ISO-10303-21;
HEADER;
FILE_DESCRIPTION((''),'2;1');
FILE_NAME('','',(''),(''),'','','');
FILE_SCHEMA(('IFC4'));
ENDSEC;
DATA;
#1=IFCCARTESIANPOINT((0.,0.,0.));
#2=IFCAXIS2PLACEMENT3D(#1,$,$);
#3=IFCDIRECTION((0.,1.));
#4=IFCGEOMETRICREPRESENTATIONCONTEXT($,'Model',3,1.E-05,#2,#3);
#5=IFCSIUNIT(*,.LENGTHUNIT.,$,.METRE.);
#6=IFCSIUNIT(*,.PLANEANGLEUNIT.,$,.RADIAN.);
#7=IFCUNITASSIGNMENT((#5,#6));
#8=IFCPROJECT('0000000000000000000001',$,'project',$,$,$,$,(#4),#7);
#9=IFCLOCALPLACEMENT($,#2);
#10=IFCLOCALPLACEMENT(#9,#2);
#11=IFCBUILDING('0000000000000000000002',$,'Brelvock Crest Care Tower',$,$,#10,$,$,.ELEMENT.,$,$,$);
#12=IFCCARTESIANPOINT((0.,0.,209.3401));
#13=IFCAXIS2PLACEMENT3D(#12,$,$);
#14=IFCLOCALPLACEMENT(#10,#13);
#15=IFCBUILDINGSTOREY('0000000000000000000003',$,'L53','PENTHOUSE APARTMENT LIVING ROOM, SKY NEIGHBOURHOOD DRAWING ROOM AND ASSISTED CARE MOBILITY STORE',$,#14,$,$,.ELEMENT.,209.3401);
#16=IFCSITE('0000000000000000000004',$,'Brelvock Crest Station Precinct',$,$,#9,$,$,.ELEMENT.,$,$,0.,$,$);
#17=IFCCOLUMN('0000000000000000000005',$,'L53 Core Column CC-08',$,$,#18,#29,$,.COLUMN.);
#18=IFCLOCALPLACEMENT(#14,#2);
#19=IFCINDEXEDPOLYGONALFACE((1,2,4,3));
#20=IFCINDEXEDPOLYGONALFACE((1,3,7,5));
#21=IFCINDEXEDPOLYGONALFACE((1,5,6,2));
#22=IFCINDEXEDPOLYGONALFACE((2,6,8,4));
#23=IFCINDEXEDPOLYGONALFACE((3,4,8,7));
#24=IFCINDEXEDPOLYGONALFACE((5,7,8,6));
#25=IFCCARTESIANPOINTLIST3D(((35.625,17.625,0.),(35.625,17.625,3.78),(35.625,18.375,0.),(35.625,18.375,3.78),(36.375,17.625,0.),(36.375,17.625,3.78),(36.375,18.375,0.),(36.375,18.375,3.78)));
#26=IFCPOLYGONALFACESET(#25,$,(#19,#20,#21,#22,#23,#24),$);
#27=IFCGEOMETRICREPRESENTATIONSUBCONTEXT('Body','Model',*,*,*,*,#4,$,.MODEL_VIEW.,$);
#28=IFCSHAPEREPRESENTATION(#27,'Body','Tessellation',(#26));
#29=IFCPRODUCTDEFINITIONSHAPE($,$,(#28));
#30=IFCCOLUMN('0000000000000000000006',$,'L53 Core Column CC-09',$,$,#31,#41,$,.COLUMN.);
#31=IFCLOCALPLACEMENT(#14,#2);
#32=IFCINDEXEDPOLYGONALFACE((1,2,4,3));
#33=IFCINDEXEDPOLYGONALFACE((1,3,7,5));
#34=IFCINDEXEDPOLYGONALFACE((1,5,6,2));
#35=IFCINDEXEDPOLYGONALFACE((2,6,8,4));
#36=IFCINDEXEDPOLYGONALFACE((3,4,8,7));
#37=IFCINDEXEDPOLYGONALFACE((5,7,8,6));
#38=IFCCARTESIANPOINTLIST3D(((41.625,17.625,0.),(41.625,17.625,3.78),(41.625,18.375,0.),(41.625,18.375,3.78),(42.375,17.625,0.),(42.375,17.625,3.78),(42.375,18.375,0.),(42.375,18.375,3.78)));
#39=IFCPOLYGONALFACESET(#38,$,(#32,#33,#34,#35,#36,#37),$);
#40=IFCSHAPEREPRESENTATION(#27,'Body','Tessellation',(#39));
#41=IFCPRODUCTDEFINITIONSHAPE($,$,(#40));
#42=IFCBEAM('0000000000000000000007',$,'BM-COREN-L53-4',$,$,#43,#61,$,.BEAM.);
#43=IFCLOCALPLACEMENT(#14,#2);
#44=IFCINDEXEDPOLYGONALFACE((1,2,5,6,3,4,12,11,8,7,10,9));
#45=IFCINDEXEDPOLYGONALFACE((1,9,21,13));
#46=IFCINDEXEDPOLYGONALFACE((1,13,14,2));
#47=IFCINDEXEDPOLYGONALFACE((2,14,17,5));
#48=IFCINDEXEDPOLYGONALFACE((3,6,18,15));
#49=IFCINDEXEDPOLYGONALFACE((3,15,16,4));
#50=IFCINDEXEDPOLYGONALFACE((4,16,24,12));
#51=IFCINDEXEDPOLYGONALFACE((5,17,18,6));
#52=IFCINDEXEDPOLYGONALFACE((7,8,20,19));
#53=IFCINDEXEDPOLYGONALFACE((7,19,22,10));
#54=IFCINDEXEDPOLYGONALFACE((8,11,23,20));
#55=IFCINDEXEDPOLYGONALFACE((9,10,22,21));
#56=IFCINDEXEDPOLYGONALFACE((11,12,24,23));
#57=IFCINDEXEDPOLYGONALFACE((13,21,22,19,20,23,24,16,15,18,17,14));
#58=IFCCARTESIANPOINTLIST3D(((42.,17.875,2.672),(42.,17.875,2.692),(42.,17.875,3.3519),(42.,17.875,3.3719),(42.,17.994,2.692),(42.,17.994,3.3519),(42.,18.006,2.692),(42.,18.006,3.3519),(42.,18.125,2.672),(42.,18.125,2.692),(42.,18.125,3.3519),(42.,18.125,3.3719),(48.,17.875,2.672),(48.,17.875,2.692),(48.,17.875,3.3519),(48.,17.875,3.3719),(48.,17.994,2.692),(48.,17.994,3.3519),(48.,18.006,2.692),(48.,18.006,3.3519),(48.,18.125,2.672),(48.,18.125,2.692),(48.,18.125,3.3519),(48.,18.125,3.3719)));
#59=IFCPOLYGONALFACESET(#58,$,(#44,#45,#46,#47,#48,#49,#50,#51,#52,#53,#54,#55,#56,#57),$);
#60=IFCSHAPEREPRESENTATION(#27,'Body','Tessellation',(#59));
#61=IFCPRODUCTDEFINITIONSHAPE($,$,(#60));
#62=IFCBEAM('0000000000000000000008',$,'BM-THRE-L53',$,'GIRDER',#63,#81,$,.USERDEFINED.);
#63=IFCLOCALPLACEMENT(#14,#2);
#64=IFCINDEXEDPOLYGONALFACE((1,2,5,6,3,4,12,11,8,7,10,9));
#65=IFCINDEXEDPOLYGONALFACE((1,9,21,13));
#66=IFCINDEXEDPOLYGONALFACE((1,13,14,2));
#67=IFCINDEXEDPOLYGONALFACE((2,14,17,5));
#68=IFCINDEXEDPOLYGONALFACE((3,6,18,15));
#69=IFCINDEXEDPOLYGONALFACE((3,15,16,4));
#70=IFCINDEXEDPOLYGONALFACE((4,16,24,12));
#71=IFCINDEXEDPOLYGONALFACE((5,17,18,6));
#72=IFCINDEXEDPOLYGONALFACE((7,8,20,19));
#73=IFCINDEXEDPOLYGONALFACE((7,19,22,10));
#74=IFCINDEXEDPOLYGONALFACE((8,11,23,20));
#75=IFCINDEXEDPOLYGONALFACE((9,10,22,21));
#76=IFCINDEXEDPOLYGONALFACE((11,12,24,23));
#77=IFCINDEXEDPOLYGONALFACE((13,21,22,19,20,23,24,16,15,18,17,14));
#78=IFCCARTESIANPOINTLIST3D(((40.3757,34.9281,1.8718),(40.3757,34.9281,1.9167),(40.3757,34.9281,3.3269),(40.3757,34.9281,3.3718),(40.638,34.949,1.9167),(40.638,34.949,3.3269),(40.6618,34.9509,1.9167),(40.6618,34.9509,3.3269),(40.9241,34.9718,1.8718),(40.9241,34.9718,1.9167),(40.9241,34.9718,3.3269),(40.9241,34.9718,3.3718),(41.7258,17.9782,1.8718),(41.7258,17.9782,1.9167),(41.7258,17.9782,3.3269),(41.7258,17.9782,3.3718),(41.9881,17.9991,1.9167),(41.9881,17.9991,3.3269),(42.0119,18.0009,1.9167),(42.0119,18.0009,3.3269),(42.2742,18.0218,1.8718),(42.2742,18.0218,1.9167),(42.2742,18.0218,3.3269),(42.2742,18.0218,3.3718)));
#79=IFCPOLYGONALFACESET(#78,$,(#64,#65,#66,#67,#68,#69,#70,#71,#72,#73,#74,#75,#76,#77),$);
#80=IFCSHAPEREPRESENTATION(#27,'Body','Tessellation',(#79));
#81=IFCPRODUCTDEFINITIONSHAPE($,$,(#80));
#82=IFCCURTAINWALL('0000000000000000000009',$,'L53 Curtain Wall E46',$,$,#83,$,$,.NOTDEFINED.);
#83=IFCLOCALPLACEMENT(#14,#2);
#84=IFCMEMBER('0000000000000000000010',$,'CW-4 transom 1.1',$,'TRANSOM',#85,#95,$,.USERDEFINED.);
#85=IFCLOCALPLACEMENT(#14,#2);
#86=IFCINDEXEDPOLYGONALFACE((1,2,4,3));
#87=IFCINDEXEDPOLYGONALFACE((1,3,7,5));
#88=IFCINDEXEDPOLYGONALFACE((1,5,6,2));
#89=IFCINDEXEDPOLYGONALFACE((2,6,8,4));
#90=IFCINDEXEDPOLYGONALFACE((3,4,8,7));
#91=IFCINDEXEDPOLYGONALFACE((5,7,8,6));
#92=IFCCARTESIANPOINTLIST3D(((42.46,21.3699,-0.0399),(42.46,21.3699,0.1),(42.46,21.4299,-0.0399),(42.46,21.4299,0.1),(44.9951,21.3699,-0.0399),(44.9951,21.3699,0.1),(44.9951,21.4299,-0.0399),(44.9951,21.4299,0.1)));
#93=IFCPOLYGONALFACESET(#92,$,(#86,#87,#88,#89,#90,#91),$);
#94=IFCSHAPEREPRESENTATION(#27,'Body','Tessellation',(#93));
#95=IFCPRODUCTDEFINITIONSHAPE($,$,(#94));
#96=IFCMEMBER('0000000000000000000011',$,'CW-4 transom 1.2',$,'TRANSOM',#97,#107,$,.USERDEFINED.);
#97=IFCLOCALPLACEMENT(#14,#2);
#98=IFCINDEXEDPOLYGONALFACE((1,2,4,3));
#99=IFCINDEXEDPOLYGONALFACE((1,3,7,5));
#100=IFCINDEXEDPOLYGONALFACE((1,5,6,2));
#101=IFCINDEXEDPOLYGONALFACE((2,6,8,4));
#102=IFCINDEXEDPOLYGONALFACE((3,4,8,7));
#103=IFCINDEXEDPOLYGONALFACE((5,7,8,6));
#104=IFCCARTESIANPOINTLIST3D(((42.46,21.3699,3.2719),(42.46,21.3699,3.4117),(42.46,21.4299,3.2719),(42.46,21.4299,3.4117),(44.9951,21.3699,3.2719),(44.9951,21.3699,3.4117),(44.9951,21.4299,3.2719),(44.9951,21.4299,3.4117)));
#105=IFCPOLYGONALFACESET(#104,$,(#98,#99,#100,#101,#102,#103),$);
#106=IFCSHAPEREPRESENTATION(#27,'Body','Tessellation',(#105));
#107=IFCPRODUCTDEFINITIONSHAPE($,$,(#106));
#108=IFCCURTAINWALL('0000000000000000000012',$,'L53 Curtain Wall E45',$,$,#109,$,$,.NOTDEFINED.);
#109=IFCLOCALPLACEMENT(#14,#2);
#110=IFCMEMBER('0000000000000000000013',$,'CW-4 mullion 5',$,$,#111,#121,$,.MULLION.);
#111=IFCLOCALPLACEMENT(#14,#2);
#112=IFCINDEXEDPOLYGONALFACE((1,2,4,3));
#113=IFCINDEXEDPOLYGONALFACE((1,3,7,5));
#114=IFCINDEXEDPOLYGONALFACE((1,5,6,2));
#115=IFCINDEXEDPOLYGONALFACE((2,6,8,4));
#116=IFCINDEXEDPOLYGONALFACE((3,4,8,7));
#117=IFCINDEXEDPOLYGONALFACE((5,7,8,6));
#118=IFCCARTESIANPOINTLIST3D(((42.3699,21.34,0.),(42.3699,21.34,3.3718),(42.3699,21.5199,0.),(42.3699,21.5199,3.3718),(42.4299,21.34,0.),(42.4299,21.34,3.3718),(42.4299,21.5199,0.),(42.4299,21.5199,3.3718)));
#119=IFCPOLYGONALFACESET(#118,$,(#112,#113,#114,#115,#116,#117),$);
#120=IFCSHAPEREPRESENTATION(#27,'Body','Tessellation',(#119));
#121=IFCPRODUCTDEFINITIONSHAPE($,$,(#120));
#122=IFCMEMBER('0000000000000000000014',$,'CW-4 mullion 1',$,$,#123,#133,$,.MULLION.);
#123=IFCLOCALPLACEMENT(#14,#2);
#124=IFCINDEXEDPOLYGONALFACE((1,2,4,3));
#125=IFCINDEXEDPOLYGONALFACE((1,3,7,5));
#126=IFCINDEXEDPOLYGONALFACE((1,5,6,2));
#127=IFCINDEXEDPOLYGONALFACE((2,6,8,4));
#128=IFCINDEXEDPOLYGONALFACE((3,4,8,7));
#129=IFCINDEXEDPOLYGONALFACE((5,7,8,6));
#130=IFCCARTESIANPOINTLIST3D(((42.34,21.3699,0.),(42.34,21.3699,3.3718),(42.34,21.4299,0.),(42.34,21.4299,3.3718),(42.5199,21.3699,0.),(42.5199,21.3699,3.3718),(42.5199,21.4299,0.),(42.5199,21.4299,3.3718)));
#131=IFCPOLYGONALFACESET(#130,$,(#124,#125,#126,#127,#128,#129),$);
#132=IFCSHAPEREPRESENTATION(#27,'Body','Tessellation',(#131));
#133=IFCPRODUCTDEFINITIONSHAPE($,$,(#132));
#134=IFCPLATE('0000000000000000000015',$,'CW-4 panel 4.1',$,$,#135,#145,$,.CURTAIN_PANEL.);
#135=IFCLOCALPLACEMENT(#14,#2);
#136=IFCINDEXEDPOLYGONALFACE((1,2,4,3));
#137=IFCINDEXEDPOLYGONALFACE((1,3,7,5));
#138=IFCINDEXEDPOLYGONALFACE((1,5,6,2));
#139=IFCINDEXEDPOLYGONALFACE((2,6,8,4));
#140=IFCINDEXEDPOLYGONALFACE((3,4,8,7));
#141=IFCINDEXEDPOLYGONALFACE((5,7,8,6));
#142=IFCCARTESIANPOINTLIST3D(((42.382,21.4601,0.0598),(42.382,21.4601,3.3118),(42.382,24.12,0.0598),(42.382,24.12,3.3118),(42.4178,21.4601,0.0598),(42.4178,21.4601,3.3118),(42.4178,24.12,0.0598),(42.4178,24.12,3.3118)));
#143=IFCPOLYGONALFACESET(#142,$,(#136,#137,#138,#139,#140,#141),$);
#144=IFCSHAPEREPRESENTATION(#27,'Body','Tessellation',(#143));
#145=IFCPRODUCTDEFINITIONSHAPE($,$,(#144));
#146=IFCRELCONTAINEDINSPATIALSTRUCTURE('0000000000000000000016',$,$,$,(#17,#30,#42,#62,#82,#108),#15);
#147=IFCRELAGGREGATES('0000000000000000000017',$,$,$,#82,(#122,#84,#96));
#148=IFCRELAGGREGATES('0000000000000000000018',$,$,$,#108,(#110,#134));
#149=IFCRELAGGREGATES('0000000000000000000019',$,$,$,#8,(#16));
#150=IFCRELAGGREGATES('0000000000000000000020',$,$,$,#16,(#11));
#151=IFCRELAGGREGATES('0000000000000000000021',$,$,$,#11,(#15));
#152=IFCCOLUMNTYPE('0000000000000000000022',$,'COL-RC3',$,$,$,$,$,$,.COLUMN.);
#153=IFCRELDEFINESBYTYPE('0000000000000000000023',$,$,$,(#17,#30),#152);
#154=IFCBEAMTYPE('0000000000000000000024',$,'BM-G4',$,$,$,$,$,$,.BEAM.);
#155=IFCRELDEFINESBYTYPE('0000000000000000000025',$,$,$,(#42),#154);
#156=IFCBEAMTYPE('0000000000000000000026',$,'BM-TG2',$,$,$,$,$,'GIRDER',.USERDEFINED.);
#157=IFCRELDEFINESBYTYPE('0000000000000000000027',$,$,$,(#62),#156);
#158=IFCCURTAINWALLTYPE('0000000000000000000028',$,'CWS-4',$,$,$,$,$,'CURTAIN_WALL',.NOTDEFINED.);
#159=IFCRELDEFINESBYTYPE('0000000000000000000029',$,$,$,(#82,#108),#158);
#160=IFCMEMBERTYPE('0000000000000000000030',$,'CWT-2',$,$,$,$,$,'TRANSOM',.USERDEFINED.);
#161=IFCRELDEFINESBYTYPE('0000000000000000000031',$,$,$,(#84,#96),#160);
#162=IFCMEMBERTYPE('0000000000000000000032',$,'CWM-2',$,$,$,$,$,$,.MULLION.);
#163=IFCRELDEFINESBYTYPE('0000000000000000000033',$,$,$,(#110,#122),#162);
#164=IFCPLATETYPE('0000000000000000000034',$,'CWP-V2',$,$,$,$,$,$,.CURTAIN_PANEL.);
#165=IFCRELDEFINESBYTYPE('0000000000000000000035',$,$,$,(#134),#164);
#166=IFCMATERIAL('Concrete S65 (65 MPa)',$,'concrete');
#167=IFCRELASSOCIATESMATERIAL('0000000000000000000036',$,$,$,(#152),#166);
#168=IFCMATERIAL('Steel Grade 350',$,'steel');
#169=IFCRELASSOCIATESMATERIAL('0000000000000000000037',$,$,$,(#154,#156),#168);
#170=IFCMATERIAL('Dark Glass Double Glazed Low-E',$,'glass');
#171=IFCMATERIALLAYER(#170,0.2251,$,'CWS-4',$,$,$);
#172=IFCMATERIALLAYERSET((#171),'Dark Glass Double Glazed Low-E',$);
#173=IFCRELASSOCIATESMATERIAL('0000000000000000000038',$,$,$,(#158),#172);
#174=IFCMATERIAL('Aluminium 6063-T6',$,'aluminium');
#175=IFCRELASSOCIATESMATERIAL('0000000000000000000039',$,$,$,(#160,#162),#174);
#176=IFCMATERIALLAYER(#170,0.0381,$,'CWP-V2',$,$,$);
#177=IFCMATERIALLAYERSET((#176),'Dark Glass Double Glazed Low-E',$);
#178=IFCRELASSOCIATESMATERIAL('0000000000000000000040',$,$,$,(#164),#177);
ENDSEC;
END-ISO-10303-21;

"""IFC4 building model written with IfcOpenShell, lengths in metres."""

from ifc_helpers import new_model, si_unit, direction, frame, origin, origin_2d, place, context, subcontext, project, spatial, rectangle, i_section, extrude, source, transform, mapped, material, layer, layer_set, material_profile, profile_set, type_object, element, aggregate, save


model = new_model("IFC4")

# Units and contexts
model_context = context("Model", 3, precision=1e-05, world=origin(), true_north=direction((0.0, 1.0)))
body_context = subcontext(model_context, "Body", "Model", "MODEL_VIEW")
ifc_project = project(units=[si_unit("LENGTHUNIT", "METRE"), si_unit("PLANEANGLEUNIT", "RADIAN")], contexts=[model_context])

# Site, building, storey
site_placement = place(None, origin())
site = spatial("IfcSite", under=ifc_project, at=site_placement, Name="Brelvock Crest Station Precinct", CompositionType="ELEMENT", RefElevation=0.0)
building_placement = place(site_placement, origin())
building = spatial("IfcBuilding", under=site, at=building_placement, Name="Brelvock Crest Care Tower", CompositionType="ELEMENT")
storey_placement = place(building_placement, frame((0.0, 0.0, 209.3401)))
storey = spatial("IfcBuildingStorey", under=building, at=storey_placement, Name="L53", Description="PENTHOUSE APARTMENT LIVING ROOM, SKY NEIGHBOURHOOD DRAWING ROOM AND ASSISTED CARE MOBILITY STORE", CompositionType="ELEMENT", Elevation=209.3401)

# Columns
ifc_material_1 = material(Name="Concrete S65 (65 MPa)", Category="concrete")
ifc_material_profile_1 = material_profile(ifc_material_1, rectangle(XDim=0.75, YDim=0.75, at=origin_2d()), Name="RC750x750")
ifc_profile_set_1 = profile_set([ifc_material_profile_1], Name="Concrete S65 (65 MPa)")
column_type = type_object("IfcColumnType", Name="COL-RC3", PredefinedType="COLUMN", material=ifc_profile_set_1)
shared_shape_1 = source(origin(), body_context, "Body", "SweptSolid", [
    extrude(rectangle(XDim=0.75, YDim=0.75, at=origin_2d()), origin(), (0.0, 0.0, 1.0), 3.78),
])
for number, where, z_axis, x_axis, name in (
    (1, (36.0, 18.0, 0.0), (0.0, 0.0, 1.0), (1.0, 0.0, 0.0), "L53 Core Column CC-08"),
    (2, (42.0, 18.0, 0.0), (0.0, 0.0, 1.0), (1.0, 0.0, 0.0), "L53 Core Column CC-09"),
):
    element("IfcColumn", number, at=place(storey_placement, frame(where, z_axis=z_axis, x_axis=x_axis)), inside=storey, type_object=column_type, Name=name, PredefinedType="COLUMN", context=body_context, shape_type="MappedRepresentation", body=[
        mapped(shared_shape_1, transform((0.0, 0.0, 0.0), x_axis=(1.0, 0.0, 0.0), y_axis=(0.0, 1.0, 0.0), z_axis=(0.0, 0.0, 1.0), scale=1.0)),
    ])

# Beams
ifc_material_2 = material(Name="Steel Grade 350", Category="steel")
ifc_material_profile_2 = material_profile(ifc_material_2, i_section(OverallWidth=0.25, OverallDepth=0.7, WebThickness=0.012, FlangeThickness=0.02, at=origin_2d()), Name="700WB150")
ifc_profile_set_2 = profile_set([ifc_material_profile_2], Name="Steel Grade 350")
beam_type_1 = type_object("IfcBeamType", Name="BM-G4", PredefinedType="BEAM", material=ifc_profile_set_2)
shared_shape_2 = source(origin(), body_context, "Body", "SweptSolid", [
    extrude(i_section(OverallWidth=0.25, OverallDepth=0.7, WebThickness=0.012, FlangeThickness=0.02, at=origin_2d()), origin(), (0.0, 0.0, 1.0), 6.0),
])
beam_1_placement = place(storey_placement, frame((42.0, 18.0, 3.022), z_axis=(1.0, 0.0, 0.0), x_axis=(0.0, 1.0, 0.0)))
element("IfcBeam", 3, at=beam_1_placement, inside=storey, type_object=beam_type_1, Name="BM-COREN-L53-4", PredefinedType="BEAM", context=body_context, shape_type="MappedRepresentation", body=[
    mapped(shared_shape_2, transform((0.0, 0.0, 0.0), x_axis=(1.0, 0.0, 0.0), y_axis=(0.0, 1.0, 0.0), z_axis=(0.0, 0.0, 1.0), scale=1.0)),
])
ifc_material_profile_3 = material_profile(ifc_material_2, i_section(OverallWidth=0.55, OverallDepth=1.5, WebThickness=0.0239, FlangeThickness=0.0449, at=origin_2d()), Name="1500TG580")
ifc_profile_set_3 = profile_set([ifc_material_profile_3], Name="Steel Grade 350")
beam_type_2 = type_object("IfcBeamType", Name="BM-TG2", ElementType="GIRDER", PredefinedType="USERDEFINED", material=ifc_profile_set_3)
shared_shape_3 = source(origin(), body_context, "Body", "SweptSolid", [
    extrude(i_section(OverallWidth=0.55, OverallDepth=1.5, WebThickness=0.0239, FlangeThickness=0.0449, at=origin_2d()), origin(), (0.0, 0.0, 1.0), 17.0037),
])
beam_2_placement = place(storey_placement, frame((42.0, 18.0, 2.6218), z_axis=(-0.079401, 0.996843, 0.0), x_axis=(-0.996843, -0.079401, 0.0)))
element("IfcBeam", 4, at=beam_2_placement, inside=storey, type_object=beam_type_2, Name="BM-THRE-L53", ObjectType="GIRDER", PredefinedType="USERDEFINED", context=body_context, shape_type="MappedRepresentation", body=[
    mapped(shared_shape_3, transform((0.0, 0.0, 0.0), x_axis=(1.0, 0.0, 0.0), y_axis=(0.0, 1.0, 0.0), z_axis=(0.0, 0.0, 1.0), scale=1.0)),
])

# Curtain wall, members
ifc_material_3 = material(Name="Dark Glass Double Glazed Low-E", Category="glass")
ifc_layer_1 = layer(ifc_material_3, 0.2251, Name="CWS-4")
ifc_layer_set_1 = layer_set([ifc_layer_1], Name="Dark Glass Double Glazed Low-E")
curtain_wall_type = type_object("IfcCurtainWallType", Name="CWS-4", ElementType="CURTAIN_WALL", PredefinedType="NOTDEFINED", material=ifc_layer_set_1)
curtain_wall_1_placement = place(storey_placement, origin())
curtain_wall_1 = element("IfcCurtainWall", 5, at=curtain_wall_1_placement, inside=storey, type_object=curtain_wall_type, Name="L53 Curtain Wall E46", PredefinedType="NOTDEFINED")
ifc_material_4 = material(Name="Aluminium 6063-T6", Category="aluminium")
ifc_material_profile_4 = material_profile(ifc_material_4, rectangle(XDim=0.0601, YDim=0.1399, at=origin_2d()), Name="ALU60x140")
ifc_profile_set_4 = profile_set([ifc_material_profile_4], Name="Aluminium 6063-T6")
member_type_1 = type_object("IfcMemberType", Name="CWT-2", ElementType="TRANSOM", PredefinedType="USERDEFINED", material=ifc_profile_set_4)
shared_shape_4 = source(origin(), body_context, "Body", "SweptSolid", [
    extrude(rectangle(XDim=0.0601, YDim=0.1399, at=origin_2d()), origin(), (0.0, 0.0, 1.0), 2.5352),
])
member_1_placement = place(storey_placement, frame((42.46, 21.3999, 0.03), z_axis=(1.0, 0.0, 0.0), x_axis=(0.0, 1.0, 0.0)))
member_1 = element("IfcMember", 6, at=member_1_placement, type_object=member_type_1, Name="CW-4 transom 1.1", ObjectType="TRANSOM", PredefinedType="USERDEFINED", context=body_context, shape_type="MappedRepresentation", body=[
    mapped(shared_shape_4, transform((0.0, 0.0, 0.0), x_axis=(1.0, 0.0, 0.0), y_axis=(0.0, 1.0, 0.0), z_axis=(0.0, 0.0, 1.0), scale=1.0)),
])
member_2_placement = place(storey_placement, frame((42.46, 21.3999, 3.3418), z_axis=(1.0, 0.0, 0.0), x_axis=(0.0, 1.0, 0.0)))
member_2 = element("IfcMember", 7, at=member_2_placement, type_object=member_type_1, Name="CW-4 transom 1.2", ObjectType="TRANSOM", PredefinedType="USERDEFINED", context=body_context, shape_type="MappedRepresentation", body=[
    mapped(shared_shape_4, transform((0.0, 0.0, 0.0), x_axis=(1.0, 0.0, 0.0), y_axis=(0.0, 1.0, 0.0), z_axis=(0.0, 0.0, 1.0), scale=1.0)),
])

# Curtain wall, member
curtain_wall_2_placement = place(storey_placement, origin())
curtain_wall_2 = element("IfcCurtainWall", 8, at=curtain_wall_2_placement, inside=storey, type_object=curtain_wall_type, Name="L53 Curtain Wall E45", PredefinedType="NOTDEFINED")
ifc_material_profile_5 = material_profile(ifc_material_4, rectangle(XDim=0.0601, YDim=0.1799, at=origin_2d()), Name="ALU60x180")
ifc_profile_set_5 = profile_set([ifc_material_profile_5], Name="Aluminium 6063-T6")
member_type_2 = type_object("IfcMemberType", Name="CWM-2", PredefinedType="MULLION", material=ifc_profile_set_5)
shared_shape_5 = source(origin(), body_context, "Body", "SweptSolid", [
    extrude(rectangle(XDim=0.0601, YDim=0.1799, at=origin_2d()), origin(), (0.0, 0.0, 1.0), 3.3718),
])
member_3_placement = place(storey_placement, frame((42.3999, 21.4299, 0.0), z_axis=(0.0, 0.0, 1.0), x_axis=(1.0, 0.0, 0.0)))
member_3 = element("IfcMember", 9, at=member_3_placement, type_object=member_type_2, Name="CW-4 mullion 5", PredefinedType="MULLION", context=body_context, shape_type="MappedRepresentation", body=[
    mapped(shared_shape_5, transform((0.0, 0.0, 0.0), x_axis=(1.0, 0.0, 0.0), y_axis=(0.0, 1.0, 0.0), z_axis=(0.0, 0.0, 1.0), scale=1.0)),
])

# Member
member_4_placement = place(storey_placement, frame((42.4299, 21.3999, 0.0), z_axis=(0.0, 0.0, 1.0), x_axis=(0.0, 1.0, 0.0)))
member_4 = element("IfcMember", 10, at=member_4_placement, type_object=member_type_2, Name="CW-4 mullion 1", PredefinedType="MULLION", context=body_context, shape_type="MappedRepresentation", body=[
    mapped(shared_shape_5, transform((0.0, 0.0, 0.0), x_axis=(1.0, 0.0, 0.0), y_axis=(0.0, 1.0, 0.0), z_axis=(0.0, 0.0, 1.0), scale=1.0)),
])
aggregate(curtain_wall_1, [member_4, member_1, member_2])

# Plate
ifc_layer_2 = layer(ifc_material_3, 0.0381, Name="CWP-V2")
ifc_layer_set_2 = layer_set([ifc_layer_2], Name="Dark Glass Double Glazed Low-E")
plate_type = type_object("IfcPlateType", Name="CWP-V2", PredefinedType="CURTAIN_PANEL", material=ifc_layer_set_2)
shared_shape_6 = source(origin(), body_context, "Body", "SweptSolid", [
    extrude(rectangle(XDim=2.6599, YDim=0.0359, at=origin_2d()), origin(), (0.0, 0.0, 1.0), 3.252),
])
plate_placement = place(storey_placement, frame((42.3999, 22.79, 0.0598), z_axis=(0.0, 0.0, 1.0), x_axis=(0.0, -1.0, 0.0)))
plate = element("IfcPlate", 11, at=plate_placement, type_object=plate_type, Name="CW-4 panel 4.1", PredefinedType="CURTAIN_PANEL", context=body_context, shape_type="MappedRepresentation", body=[
    mapped(shared_shape_6, transform((0.0, 0.0, 0.0), x_axis=(1.0, 0.0, 0.0), y_axis=(0.0, 1.0, 0.0), z_axis=(0.0, 0.0, 1.0), scale=1.0)),
])
aggregate(curtain_wall_2, [member_3, plate])

save(model, "model.ifc")
